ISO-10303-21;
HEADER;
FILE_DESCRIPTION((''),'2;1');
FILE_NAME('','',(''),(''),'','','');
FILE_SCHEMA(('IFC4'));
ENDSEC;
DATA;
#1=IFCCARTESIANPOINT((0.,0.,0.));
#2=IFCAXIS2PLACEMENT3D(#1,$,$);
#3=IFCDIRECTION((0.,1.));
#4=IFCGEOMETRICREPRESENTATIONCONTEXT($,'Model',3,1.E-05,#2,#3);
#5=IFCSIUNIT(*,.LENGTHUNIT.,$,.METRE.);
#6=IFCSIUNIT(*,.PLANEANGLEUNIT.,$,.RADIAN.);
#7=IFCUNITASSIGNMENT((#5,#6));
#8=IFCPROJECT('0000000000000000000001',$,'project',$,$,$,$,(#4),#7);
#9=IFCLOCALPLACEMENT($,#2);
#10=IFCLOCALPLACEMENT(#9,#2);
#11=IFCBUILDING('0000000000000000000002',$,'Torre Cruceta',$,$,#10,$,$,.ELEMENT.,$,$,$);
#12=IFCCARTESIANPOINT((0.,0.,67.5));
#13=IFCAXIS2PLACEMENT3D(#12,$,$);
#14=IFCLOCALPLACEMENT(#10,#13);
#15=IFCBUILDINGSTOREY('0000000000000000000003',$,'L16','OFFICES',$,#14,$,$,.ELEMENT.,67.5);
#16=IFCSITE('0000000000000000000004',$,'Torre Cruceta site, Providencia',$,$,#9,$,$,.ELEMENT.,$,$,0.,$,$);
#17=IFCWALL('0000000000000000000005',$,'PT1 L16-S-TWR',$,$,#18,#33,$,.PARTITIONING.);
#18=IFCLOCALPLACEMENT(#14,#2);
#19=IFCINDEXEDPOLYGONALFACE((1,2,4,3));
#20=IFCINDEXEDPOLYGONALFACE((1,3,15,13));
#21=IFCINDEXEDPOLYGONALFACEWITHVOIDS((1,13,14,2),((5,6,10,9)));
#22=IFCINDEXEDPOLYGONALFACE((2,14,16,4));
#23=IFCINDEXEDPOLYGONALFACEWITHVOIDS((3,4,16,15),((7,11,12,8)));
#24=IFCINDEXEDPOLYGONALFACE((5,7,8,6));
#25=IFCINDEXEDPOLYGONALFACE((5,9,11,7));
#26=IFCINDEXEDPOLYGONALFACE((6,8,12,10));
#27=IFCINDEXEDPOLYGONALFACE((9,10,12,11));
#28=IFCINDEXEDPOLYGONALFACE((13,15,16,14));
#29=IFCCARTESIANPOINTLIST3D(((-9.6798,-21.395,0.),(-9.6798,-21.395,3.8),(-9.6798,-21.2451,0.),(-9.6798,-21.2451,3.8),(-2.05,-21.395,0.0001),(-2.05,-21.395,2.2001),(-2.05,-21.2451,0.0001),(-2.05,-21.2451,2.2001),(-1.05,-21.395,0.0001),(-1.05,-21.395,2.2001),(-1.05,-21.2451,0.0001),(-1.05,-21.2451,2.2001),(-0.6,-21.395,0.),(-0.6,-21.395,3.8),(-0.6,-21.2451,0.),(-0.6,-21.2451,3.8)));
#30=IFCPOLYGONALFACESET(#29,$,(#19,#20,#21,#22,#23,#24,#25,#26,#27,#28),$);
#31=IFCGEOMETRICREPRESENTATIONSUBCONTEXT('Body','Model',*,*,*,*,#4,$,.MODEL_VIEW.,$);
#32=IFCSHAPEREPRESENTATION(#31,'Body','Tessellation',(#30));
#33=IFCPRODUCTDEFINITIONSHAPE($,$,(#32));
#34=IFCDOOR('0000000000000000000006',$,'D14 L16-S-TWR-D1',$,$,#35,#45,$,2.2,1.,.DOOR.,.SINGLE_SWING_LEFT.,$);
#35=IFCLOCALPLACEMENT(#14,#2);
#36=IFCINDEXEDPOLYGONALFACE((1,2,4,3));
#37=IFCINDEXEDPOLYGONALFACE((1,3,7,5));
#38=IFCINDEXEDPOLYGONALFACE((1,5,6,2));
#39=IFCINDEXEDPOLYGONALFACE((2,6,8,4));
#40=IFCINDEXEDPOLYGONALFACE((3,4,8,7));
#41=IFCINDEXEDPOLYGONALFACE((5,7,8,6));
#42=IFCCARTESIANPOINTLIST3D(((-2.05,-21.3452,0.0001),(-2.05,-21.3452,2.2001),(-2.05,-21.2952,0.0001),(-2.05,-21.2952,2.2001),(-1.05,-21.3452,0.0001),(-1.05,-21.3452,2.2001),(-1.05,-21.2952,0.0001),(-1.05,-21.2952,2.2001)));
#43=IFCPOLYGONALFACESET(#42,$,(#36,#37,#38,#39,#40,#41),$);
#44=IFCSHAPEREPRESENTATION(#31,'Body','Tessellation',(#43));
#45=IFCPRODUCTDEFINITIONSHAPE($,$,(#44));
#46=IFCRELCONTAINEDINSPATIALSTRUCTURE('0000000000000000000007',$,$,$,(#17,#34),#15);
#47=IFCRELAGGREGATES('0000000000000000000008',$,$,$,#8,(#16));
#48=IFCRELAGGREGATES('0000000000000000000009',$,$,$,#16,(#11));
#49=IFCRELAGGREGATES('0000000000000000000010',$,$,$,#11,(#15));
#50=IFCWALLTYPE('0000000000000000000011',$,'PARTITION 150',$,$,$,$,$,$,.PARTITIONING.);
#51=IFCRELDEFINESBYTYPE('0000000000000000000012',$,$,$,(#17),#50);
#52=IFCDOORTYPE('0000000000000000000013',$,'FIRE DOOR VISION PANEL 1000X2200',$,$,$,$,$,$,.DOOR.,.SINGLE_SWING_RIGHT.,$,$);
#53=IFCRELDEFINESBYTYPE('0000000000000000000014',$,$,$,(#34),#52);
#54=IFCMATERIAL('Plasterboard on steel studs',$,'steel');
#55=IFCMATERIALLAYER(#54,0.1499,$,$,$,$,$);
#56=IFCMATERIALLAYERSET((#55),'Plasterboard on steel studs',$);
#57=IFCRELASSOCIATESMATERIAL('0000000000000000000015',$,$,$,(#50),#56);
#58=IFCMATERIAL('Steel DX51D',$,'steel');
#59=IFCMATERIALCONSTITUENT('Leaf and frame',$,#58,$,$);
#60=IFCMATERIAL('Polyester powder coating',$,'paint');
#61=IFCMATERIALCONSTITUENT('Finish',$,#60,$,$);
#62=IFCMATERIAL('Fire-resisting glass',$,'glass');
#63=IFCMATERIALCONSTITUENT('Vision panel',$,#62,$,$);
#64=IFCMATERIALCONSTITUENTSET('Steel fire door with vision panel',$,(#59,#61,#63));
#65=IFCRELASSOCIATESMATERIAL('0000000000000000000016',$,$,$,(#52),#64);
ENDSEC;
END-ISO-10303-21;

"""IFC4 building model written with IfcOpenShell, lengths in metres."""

from ifc_helpers import new_model, si_unit, direction, frame, frame_2d, origin, place, context, subcontext, project, spatial, rectangle, extrude, material, layer, layer_set, constituent, constituent_set, type_object, element, fill, save


model = new_model("IFC4")

# Units and contexts
model_context = context("Model", 3, precision=1e-05, world=origin(), true_north=direction((0.0, 1.0)))
body_context = subcontext(model_context, "Body", "Model", "MODEL_VIEW")
ifc_project = project(units=[si_unit("LENGTHUNIT", "METRE"), si_unit("PLANEANGLEUNIT", "RADIAN")], contexts=[model_context])

# Site, building, storey
site_placement = place(None, origin())
site = spatial("IfcSite", under=ifc_project, at=site_placement, Name="Torre Cruceta site, Providencia", CompositionType="ELEMENT", RefElevation=0.0)
building_placement = place(site_placement, origin())
building = spatial("IfcBuilding", under=site, at=building_placement, Name="Torre Cruceta", CompositionType="ELEMENT")
storey_placement = place(building_placement, frame((0.0, 0.0, 67.5)))
storey = spatial("IfcBuildingStorey", under=building, at=storey_placement, Name="L16", Description="OFFICES", CompositionType="ELEMENT", Elevation=67.5)

# Wall, opening, door
ifc_material_1 = material(Name="Plasterboard on steel studs", Category="steel")
ifc_layer_1 = layer(ifc_material_1, 0.1499)
ifc_layer_set_1 = layer_set([ifc_layer_1], Name="Plasterboard on steel studs")
wall_type_1 = type_object("IfcWallType", Name="PARTITION 150", PredefinedType="PARTITIONING", material=ifc_layer_set_1)
wall_1_placement = place(storey_placement, frame((-9.6799, -21.3201, 0.0), z_axis=(0.0, 0.0, 1.0), x_axis=(1.0, 0.0, 0.0)))
wall_1 = element("IfcWall", 1, at=wall_1_placement, inside=storey, type_object=wall_type_1, Name="PT1 L16-S-TWR", PredefinedType="PARTITIONING", context=body_context, shape_type="SweptSolid", body=[
    extrude(rectangle(XDim=9.0798, YDim=0.1499, at=frame_2d((4.54, 0.0))), origin(), (0.0, 0.0, 1.0), 3.8),
])
opening_1_placement = place(wall_1_placement, frame((7.6299, 0.0, 0.0)))
opening_1 = element("IfcOpeningElement", 2, at=opening_1_placement, cuts=wall_1, PredefinedType="OPENING", context=body_context, shape_type="SweptSolid", body=[
    extrude(rectangle(XDim=1.0, YDim=2.2, at=frame_2d((0.5, 1.1001))), frame((0.0, 0.085, 0.0), z_axis=(0.0, -1.0, 0.0), x_axis=(1.0, 0.0, 0.0)), (0.0, 0.0, 1.0), 0.1699),
])
ifc_material_2 = material(Name="Steel DX51D", Category="steel")
ifc_constituent_1 = constituent(ifc_material_2, Name="Leaf and frame")
ifc_material_3 = material(Name="Polyester powder coating", Category="paint")
ifc_constituent_2 = constituent(ifc_material_3, Name="Finish")
ifc_material_4 = material(Name="Fire-resisting glass", Category="glass")
ifc_constituent_3 = constituent(ifc_material_4, Name="Vision panel")
ifc_constituent_set_1 = constituent_set(constituents=[ifc_constituent_1, ifc_constituent_2, ifc_constituent_3], Name="Steel fire door with vision panel")
door_type = type_object("IfcDoorType", Name="FIRE DOOR VISION PANEL 1000X2200", OperationType="SINGLE_SWING_RIGHT", PredefinedType="DOOR", material=ifc_constituent_set_1)
door_placement = place(opening_1_placement, frame((1.0, 0.0, 0.0), z_axis=(0.0, 0.0, 1.0), x_axis=(-1.0, 0.0, 0.0)))
door = element("IfcDoor", 3, at=door_placement, inside=storey, type_object=door_type, Name="D14 L16-S-TWR-D1", OperationType="SINGLE_SWING_LEFT", OverallHeight=2.2, OverallWidth=1.0, PredefinedType="DOOR", context=body_context, shape_type="SweptSolid", body=[
    extrude(rectangle(XDim=1.0, YDim=2.2, at=frame_2d((0.5, 1.1001))), frame((0.0, 0.0251, 0.0), z_axis=(0.0, -1.0, 0.0), x_axis=(1.0, 0.0, 0.0)), (0.0, 0.0, 1.0), 0.05),
])
fill(opening_1, door)

save(model, "model.ifc")
